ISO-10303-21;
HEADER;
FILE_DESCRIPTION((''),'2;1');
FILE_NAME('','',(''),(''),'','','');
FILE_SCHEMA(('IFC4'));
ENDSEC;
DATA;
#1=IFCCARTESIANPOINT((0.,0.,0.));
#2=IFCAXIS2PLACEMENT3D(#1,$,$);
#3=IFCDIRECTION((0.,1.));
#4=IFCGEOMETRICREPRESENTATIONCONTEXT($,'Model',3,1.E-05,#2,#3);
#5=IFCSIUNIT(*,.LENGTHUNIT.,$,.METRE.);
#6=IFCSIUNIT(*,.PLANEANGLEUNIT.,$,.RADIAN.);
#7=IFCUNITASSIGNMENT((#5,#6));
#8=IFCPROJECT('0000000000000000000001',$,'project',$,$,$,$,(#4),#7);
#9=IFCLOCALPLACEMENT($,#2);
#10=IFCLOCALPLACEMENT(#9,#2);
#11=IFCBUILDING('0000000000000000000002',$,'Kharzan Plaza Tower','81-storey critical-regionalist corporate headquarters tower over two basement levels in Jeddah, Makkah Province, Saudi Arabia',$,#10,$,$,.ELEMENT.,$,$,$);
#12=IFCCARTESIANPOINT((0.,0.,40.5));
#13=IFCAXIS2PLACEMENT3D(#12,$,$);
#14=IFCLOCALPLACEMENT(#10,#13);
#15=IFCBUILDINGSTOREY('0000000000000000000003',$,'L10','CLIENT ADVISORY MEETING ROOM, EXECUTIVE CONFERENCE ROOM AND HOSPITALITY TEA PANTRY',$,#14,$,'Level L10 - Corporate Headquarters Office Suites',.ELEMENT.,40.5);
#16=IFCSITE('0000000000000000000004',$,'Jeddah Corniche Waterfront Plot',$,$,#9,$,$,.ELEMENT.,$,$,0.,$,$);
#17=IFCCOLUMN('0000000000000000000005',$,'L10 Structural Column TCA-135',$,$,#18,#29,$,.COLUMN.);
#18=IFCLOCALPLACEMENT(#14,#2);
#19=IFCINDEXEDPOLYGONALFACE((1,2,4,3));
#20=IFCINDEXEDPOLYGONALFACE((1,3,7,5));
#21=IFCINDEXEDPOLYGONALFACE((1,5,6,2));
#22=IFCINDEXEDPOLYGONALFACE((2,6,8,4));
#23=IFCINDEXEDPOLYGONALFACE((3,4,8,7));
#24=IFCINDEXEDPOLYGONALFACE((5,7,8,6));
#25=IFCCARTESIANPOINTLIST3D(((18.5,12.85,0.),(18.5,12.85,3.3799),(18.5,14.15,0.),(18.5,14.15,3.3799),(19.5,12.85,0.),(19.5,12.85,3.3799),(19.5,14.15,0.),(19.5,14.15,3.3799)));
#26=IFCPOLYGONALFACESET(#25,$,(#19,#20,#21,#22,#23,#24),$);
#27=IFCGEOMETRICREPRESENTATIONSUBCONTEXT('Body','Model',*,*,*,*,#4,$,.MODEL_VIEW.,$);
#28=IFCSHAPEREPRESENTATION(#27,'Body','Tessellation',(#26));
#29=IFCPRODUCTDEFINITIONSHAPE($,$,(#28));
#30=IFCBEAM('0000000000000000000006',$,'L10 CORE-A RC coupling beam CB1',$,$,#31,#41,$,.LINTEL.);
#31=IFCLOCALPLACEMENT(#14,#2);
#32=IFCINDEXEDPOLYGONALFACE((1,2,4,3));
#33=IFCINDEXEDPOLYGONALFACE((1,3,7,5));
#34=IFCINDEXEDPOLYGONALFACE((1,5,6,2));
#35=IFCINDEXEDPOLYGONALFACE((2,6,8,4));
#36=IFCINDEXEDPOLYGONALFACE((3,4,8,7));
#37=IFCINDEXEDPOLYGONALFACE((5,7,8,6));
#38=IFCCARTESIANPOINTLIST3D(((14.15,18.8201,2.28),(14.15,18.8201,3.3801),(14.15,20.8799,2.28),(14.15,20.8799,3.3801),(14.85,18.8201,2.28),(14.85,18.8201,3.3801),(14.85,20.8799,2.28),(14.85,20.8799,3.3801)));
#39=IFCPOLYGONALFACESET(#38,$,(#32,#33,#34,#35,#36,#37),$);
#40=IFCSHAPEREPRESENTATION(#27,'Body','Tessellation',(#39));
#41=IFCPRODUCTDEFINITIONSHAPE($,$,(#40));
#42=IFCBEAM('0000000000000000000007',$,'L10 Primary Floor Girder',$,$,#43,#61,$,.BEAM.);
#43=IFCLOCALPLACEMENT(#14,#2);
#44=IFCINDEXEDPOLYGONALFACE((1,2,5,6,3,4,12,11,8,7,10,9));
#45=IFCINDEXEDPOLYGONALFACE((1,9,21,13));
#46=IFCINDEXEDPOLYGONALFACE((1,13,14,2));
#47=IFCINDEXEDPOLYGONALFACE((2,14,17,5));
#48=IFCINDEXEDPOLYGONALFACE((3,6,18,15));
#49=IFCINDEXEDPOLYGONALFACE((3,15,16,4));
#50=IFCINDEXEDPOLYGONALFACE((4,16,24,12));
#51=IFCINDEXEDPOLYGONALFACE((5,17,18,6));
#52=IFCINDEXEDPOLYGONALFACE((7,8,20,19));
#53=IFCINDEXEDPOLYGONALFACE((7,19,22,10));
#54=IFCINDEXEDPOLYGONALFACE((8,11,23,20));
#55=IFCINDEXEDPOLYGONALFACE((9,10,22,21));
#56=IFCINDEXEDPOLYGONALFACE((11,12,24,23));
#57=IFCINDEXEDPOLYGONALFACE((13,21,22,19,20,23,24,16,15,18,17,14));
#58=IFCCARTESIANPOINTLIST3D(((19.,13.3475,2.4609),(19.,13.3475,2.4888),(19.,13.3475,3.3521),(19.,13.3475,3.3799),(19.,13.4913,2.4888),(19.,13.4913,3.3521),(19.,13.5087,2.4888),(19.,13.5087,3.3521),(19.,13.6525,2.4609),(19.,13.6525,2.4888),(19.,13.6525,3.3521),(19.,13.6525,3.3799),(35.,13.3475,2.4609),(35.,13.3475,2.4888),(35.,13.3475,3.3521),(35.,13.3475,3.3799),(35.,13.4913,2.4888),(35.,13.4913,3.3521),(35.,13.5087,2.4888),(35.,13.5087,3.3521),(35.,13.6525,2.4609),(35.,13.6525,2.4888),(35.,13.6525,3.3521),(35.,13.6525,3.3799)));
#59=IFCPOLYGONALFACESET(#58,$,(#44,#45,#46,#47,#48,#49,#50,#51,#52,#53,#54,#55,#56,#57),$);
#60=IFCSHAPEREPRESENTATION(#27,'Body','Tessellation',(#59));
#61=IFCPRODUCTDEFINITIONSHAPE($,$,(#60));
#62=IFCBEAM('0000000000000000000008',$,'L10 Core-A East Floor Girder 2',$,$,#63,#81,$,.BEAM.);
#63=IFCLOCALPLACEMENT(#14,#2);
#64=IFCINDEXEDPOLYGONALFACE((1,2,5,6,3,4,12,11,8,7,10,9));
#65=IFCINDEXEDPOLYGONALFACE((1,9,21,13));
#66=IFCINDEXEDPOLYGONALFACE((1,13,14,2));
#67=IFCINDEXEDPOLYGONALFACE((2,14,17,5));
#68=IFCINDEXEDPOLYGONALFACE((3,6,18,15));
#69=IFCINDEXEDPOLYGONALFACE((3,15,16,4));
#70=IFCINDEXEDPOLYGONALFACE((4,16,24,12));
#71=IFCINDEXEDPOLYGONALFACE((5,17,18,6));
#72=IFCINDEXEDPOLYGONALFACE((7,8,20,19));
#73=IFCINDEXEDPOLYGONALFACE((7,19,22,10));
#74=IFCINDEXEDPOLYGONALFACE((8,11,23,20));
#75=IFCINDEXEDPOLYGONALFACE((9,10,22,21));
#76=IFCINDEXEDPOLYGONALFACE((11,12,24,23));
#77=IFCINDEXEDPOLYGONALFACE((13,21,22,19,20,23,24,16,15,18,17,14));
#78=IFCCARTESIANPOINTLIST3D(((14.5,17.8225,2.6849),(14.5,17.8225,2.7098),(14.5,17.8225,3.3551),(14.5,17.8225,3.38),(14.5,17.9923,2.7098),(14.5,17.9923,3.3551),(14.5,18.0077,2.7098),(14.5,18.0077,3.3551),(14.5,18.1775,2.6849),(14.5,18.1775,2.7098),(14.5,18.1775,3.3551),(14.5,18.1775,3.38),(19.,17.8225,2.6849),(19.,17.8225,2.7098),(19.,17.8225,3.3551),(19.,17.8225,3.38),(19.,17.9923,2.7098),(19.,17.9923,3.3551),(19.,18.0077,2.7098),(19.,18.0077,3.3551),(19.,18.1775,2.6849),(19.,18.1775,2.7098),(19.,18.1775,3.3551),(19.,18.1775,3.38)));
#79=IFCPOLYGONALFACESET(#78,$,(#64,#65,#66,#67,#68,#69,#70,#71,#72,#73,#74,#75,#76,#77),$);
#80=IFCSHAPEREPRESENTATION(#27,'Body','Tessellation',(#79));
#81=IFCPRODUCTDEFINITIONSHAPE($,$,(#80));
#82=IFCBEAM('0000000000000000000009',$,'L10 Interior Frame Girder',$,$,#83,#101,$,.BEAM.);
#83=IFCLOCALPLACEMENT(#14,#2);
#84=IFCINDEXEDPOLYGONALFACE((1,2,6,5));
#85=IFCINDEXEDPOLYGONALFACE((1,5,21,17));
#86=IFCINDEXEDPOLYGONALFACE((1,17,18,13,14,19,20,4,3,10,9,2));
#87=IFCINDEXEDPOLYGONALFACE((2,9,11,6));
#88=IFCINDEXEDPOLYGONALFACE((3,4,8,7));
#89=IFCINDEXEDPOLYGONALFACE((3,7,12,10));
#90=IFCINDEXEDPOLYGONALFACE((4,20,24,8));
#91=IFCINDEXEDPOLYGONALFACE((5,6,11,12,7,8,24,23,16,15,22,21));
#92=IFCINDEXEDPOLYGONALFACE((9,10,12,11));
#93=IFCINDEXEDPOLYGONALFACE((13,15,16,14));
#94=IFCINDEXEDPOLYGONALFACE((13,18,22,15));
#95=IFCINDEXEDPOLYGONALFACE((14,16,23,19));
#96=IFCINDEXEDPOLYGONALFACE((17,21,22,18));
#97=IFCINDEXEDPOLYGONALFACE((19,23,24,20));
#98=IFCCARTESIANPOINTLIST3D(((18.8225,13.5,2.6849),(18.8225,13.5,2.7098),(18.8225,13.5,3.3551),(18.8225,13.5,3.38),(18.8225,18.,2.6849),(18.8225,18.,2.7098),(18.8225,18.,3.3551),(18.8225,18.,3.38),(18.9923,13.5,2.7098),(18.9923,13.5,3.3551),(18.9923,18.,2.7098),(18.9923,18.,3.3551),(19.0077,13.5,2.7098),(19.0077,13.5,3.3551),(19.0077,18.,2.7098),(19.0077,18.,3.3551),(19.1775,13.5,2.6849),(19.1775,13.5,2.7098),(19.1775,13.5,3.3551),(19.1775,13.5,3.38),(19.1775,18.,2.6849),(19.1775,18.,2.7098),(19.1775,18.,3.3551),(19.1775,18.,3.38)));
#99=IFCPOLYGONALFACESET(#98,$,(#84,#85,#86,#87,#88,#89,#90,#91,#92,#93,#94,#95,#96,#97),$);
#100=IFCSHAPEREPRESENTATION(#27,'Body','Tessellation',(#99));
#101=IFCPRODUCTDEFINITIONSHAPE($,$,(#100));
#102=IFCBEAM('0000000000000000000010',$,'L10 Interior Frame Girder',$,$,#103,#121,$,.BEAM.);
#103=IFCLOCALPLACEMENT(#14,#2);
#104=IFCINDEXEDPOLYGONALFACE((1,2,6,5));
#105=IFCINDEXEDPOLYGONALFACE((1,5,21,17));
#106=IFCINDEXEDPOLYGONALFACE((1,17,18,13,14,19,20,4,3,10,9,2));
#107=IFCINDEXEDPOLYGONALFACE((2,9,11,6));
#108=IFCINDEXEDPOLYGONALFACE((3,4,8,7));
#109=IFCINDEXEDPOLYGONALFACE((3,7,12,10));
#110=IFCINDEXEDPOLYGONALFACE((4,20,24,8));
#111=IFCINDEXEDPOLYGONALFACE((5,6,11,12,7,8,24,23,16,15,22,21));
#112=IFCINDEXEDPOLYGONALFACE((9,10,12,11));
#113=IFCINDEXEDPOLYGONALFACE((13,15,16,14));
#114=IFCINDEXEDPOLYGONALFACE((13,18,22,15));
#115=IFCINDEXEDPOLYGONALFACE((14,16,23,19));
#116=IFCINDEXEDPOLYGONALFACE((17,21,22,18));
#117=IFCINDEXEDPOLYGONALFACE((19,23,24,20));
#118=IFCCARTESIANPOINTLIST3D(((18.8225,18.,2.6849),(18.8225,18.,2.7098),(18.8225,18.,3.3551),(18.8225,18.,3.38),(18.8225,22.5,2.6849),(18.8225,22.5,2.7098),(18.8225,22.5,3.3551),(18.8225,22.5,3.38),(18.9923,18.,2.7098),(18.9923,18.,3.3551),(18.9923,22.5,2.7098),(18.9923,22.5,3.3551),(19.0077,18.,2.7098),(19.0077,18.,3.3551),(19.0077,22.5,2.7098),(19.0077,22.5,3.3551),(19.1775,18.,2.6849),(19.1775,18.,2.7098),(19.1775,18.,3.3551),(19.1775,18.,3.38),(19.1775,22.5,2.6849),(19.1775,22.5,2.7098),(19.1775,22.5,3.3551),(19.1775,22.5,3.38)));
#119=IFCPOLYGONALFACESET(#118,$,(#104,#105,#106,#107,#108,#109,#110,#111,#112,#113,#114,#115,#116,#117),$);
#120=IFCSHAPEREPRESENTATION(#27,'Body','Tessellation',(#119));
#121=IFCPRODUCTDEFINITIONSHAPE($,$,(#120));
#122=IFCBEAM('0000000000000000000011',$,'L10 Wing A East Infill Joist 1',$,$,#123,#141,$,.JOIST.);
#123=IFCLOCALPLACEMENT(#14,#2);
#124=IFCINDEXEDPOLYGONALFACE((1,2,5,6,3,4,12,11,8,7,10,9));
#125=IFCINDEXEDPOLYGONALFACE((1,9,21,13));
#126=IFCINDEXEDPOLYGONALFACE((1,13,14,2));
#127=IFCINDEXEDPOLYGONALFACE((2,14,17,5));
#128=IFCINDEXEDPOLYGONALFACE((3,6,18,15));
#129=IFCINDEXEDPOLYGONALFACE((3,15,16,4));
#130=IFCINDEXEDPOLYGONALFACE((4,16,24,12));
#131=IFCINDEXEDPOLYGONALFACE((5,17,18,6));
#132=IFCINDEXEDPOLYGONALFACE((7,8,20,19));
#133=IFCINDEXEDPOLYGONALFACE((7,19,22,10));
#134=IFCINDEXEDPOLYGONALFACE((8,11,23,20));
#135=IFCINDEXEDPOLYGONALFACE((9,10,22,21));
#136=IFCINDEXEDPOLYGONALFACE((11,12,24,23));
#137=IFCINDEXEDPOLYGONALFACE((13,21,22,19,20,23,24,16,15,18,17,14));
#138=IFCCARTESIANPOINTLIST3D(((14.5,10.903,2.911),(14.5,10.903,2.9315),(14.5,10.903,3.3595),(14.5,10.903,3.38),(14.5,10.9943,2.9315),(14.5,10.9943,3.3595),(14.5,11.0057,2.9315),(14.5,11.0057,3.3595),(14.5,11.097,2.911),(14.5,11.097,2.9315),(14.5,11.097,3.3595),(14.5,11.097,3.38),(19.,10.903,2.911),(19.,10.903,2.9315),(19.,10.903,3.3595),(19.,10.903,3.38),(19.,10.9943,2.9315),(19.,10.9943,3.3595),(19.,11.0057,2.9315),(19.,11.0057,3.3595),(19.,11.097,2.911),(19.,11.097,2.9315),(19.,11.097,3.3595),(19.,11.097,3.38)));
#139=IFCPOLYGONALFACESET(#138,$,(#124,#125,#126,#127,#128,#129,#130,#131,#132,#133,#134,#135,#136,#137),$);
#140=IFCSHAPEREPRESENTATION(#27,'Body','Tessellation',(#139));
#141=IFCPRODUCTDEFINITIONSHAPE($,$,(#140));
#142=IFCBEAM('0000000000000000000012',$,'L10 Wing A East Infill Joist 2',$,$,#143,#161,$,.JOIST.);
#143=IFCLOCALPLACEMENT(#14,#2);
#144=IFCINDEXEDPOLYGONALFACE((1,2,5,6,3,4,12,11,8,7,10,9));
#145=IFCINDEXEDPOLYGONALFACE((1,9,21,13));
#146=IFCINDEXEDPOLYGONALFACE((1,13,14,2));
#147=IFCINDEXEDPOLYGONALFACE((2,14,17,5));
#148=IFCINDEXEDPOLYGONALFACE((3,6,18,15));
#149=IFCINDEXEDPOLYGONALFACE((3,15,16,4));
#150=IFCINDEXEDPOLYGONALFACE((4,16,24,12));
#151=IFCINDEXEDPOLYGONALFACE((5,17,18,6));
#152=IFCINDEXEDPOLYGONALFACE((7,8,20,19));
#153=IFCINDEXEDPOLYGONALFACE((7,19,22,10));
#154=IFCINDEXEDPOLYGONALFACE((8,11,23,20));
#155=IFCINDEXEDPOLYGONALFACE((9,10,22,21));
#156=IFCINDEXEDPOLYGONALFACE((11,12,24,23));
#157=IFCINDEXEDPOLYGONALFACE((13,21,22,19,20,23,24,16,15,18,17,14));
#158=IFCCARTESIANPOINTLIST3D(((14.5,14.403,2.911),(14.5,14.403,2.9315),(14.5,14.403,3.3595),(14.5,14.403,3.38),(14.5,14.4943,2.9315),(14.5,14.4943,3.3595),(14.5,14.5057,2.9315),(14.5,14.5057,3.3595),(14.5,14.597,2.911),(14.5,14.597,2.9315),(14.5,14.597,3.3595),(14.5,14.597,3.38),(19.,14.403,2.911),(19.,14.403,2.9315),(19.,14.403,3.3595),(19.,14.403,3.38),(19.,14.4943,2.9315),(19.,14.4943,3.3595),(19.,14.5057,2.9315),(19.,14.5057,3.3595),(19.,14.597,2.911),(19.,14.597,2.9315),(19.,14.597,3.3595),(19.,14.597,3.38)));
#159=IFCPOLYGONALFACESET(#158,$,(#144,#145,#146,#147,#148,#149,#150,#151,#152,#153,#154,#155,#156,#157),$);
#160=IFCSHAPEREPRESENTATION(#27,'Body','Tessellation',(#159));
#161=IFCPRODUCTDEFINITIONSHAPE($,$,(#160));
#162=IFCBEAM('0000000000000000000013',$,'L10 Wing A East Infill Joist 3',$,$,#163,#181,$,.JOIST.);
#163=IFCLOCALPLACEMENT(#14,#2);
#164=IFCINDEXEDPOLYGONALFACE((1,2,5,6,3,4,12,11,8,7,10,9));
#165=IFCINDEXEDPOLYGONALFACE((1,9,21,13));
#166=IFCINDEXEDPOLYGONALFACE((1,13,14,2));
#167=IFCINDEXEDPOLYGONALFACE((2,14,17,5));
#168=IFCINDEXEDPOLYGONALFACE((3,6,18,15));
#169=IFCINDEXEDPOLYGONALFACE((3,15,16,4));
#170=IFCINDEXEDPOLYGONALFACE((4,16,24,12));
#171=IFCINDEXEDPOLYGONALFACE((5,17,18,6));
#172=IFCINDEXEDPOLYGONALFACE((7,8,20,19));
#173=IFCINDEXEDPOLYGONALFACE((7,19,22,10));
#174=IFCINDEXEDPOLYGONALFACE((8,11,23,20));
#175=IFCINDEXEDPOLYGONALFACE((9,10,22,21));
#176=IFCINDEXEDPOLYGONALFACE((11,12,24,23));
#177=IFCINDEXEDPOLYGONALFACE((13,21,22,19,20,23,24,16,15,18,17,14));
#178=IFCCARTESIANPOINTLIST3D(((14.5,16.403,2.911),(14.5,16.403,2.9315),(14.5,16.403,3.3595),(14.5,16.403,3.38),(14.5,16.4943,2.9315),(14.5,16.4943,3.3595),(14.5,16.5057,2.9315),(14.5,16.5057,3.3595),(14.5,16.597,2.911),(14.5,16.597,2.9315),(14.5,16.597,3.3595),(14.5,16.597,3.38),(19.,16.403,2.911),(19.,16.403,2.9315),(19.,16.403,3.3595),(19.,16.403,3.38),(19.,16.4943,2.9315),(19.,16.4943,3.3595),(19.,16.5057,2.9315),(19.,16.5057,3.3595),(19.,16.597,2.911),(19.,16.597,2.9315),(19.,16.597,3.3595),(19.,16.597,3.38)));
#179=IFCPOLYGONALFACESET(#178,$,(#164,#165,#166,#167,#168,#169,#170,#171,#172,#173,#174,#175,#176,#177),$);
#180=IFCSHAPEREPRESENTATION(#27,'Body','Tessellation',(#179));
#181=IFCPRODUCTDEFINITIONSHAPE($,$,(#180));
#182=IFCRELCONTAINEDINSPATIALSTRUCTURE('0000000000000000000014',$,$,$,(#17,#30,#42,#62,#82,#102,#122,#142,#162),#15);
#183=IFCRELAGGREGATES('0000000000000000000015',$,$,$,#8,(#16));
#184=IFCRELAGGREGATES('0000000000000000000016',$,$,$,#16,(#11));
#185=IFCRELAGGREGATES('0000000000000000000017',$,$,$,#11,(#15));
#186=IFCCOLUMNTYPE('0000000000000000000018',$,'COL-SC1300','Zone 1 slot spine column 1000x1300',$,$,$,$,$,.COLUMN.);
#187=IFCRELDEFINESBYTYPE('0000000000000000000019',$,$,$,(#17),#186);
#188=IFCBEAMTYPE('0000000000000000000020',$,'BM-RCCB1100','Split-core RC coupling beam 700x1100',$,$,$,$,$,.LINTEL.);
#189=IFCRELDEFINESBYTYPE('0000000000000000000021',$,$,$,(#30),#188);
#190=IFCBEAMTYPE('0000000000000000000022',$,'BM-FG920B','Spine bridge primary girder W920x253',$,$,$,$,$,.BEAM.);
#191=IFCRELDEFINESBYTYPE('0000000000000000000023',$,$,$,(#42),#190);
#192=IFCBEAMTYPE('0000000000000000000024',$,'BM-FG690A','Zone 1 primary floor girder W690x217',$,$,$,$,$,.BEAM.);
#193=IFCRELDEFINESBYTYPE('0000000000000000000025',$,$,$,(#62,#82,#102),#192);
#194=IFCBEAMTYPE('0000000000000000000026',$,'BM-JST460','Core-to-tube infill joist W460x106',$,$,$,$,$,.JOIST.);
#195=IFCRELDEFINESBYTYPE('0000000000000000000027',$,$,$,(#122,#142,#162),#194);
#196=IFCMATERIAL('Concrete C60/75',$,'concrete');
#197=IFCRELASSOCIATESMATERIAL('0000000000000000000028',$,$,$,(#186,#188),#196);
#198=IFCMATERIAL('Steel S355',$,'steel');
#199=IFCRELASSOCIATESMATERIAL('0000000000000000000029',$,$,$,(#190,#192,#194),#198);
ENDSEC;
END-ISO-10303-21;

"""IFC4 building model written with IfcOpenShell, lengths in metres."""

from ifc_helpers import new_model, si_unit, direction, frame, origin, origin_2d, place, context, subcontext, project, spatial, rectangle, i_section, extrude, source, transform, mapped, material, material_profile, profile_set, type_object, element, save


model = new_model("IFC4")

# Units and contexts
model_context = context("Model", 3, precision=1e-05, world=origin(), true_north=direction((0.0, 1.0)))
body_context = subcontext(model_context, "Body", "Model", "MODEL_VIEW")
ifc_project = project(units=[si_unit("LENGTHUNIT", "METRE"), si_unit("PLANEANGLEUNIT", "RADIAN")], contexts=[model_context])

# Site, building, storey
site_placement = place(None, origin())
site = spatial("IfcSite", under=ifc_project, at=site_placement, Name="Jeddah Corniche Waterfront Plot", CompositionType="ELEMENT", RefElevation=0.0)
building_placement = place(site_placement, origin())
building = spatial("IfcBuilding", under=site, at=building_placement, Name="Kharzan Plaza Tower", Description="81-storey critical-regionalist corporate headquarters tower over two basement levels in Jeddah, Makkah Province, Saudi Arabia", CompositionType="ELEMENT")
storey_placement = place(building_placement, frame((0.0, 0.0, 40.5)))
storey = spatial("IfcBuildingStorey", under=building, at=storey_placement, Name="L10", Description="CLIENT ADVISORY MEETING ROOM, EXECUTIVE CONFERENCE ROOM AND HOSPITALITY TEA PANTRY", LongName="Level L10 - Corporate Headquarters Office Suites", CompositionType="ELEMENT", Elevation=40.5)

# Column
ifc_material_1 = material(Name="Concrete C60/75", Category="concrete")
ifc_material_profile_1 = material_profile(ifc_material_1, rectangle(XDim=1.0, YDim=1.3, at=origin_2d()), Name="RC-SC1300x1000")
ifc_profile_set_1 = profile_set([ifc_material_profile_1], Name="Concrete C60/75")
column_type = type_object("IfcColumnType", Name="COL-SC1300", Description="Zone 1 slot spine column 1000x1300", PredefinedType="COLUMN", material=ifc_profile_set_1)
shared_shape_1 = source(origin(), body_context, "Body", "SweptSolid", [
    extrude(rectangle(XDim=1.0, YDim=1.3, at=origin_2d()), origin(), (0.0, 0.0, 1.0), 3.3799),
])
column_placement = place(storey_placement, frame((19.0, 13.5, 0.0), z_axis=(0.0, 0.0, 1.0), x_axis=(1.0, 0.0, 0.0)))
element("IfcColumn", 1, at=column_placement, inside=storey, type_object=column_type, Name="L10 Structural Column TCA-135", PredefinedType="COLUMN", context=body_context, shape_type="MappedRepresentation", body=[
    mapped(shared_shape_1, transform((0.0, 0.0, 0.0), x_axis=(1.0, 0.0, 0.0), y_axis=(0.0, 1.0, 0.0), z_axis=(0.0, 0.0, 1.0))),
])

# Beams
ifc_material_profile_2 = material_profile(ifc_material_1, rectangle(XDim=0.7, YDim=1.1001, at=origin_2d()), Name="RC-CB1100x700")
ifc_profile_set_2 = profile_set([ifc_material_profile_2], Name="Concrete C60/75")
beam_type_1 = type_object("IfcBeamType", Name="BM-RCCB1100", Description="Split-core RC coupling beam 700x1100", PredefinedType="LINTEL", material=ifc_profile_set_2)
shared_shape_2 = source(origin(), body_context, "Body", "SweptSolid", [
    extrude(rectangle(XDim=0.7, YDim=1.1001, at=origin_2d()), origin(), (0.0, 0.0, 1.0), 2.0598),
])
beam_1_placement = place(storey_placement, frame((14.5, 18.8201, 2.8301), z_axis=(0.0, 1.0, 0.0), x_axis=(-1.0, 0.0, 0.0)))
element("IfcBeam", 2, at=beam_1_placement, inside=storey, type_object=beam_type_1, Name="L10 CORE-A RC coupling beam CB1", PredefinedType="LINTEL", context=body_context, shape_type="MappedRepresentation", body=[
    mapped(shared_shape_2, transform((0.0, 0.0, 0.0), x_axis=(1.0, 0.0, 0.0), y_axis=(0.0, 1.0, 0.0), z_axis=(0.0, 0.0, 1.0))),
])
ifc_material_2 = material(Name="Steel S355", Category="steel")
ifc_material_profile_3 = material_profile(ifc_material_2, i_section(OverallWidth=0.3049, OverallDepth=0.9189, WebThickness=0.0173, FlangeThickness=0.0278, at=origin_2d()), Name="W920x253")
ifc_profile_set_3 = profile_set([ifc_material_profile_3], Name="Steel S355")
beam_type_2 = type_object("IfcBeamType", Name="BM-FG920B", Description="Spine bridge primary girder W920x253", PredefinedType="BEAM", material=ifc_profile_set_3)
shared_shape_3 = source(origin(), body_context, "Body", "SweptSolid", [
    extrude(i_section(OverallWidth=0.3049, OverallDepth=0.9189, WebThickness=0.0173, FlangeThickness=0.0278, at=origin_2d()), origin(), (0.0, 0.0, 1.0), 16.0),
])
beam_2_placement = place(storey_placement, frame((19.0, 13.5, 2.9204), z_axis=(1.0, 0.0, 0.0), x_axis=(0.0, 1.0, 0.0)))
element("IfcBeam", 3, at=beam_2_placement, inside=storey, type_object=beam_type_2, Name="L10 Primary Floor Girder", PredefinedType="BEAM", context=body_context, shape_type="MappedRepresentation", body=[
    mapped(shared_shape_3, transform((0.0, 0.0, 0.0), x_axis=(1.0, 0.0, 0.0), y_axis=(0.0, 1.0, 0.0), z_axis=(0.0, 0.0, 1.0))),
])
ifc_material_profile_4 = material_profile(ifc_material_2, i_section(OverallWidth=0.355, OverallDepth=0.6951, WebThickness=0.0154, FlangeThickness=0.0249, at=origin_2d()), Name="W690x217")
ifc_profile_set_4 = profile_set([ifc_material_profile_4], Name="Steel S355")
beam_type_3 = type_object("IfcBeamType", Name="BM-FG690A", Description="Zone 1 primary floor girder W690x217", PredefinedType="BEAM", material=ifc_profile_set_4)
shared_shape_4 = source(origin(), body_context, "Body", "SweptSolid", [
    extrude(i_section(OverallWidth=0.355, OverallDepth=0.6951, WebThickness=0.0154, FlangeThickness=0.0249, at=origin_2d()), origin(), (0.0, 0.0, 1.0), 4.5),
])
for number, where, z_axis, x_axis, name in (
    (4, (14.5, 18.0, 3.0325), (1.0, 0.0, 0.0), (0.0, 1.0, 0.0), "L10 Core-A East Floor Girder 2"),
    (5, (19.0, 13.5, 3.0325), (0.0, 1.0, 0.0), (-1.0, 0.0, 0.0), "L10 Interior Frame Girder"),
    (6, (19.0, 18.0, 3.0325), (0.0, 1.0, 0.0), (-1.0, 0.0, 0.0), "L10 Interior Frame Girder"),
):
    element("IfcBeam", number, at=place(storey_placement, frame(where, z_axis=z_axis, x_axis=x_axis)), inside=storey, type_object=beam_type_3, Name=name, PredefinedType="BEAM", context=body_context, shape_type="MappedRepresentation", body=[
        mapped(shared_shape_4, transform((0.0, 0.0, 0.0), x_axis=(1.0, 0.0, 0.0), y_axis=(0.0, 1.0, 0.0), z_axis=(0.0, 0.0, 1.0))),
    ])
ifc_material_profile_5 = material_profile(ifc_material_2, i_section(OverallWidth=0.1941, OverallDepth=0.469, WebThickness=0.0115, FlangeThickness=0.0205, at=origin_2d()), Name="W460x106")
ifc_profile_set_5 = profile_set([ifc_material_profile_5], Name="Steel S355")
beam_type_4 = type_object("IfcBeamType", Name="BM-JST460", Description="Core-to-tube infill joist W460x106", PredefinedType="JOIST", material=ifc_profile_set_5)
shared_shape_5 = source(origin(), body_context, "Body", "SweptSolid", [
    extrude(i_section(OverallWidth=0.1941, OverallDepth=0.469, WebThickness=0.0115, FlangeThickness=0.0205, at=origin_2d()), origin(), (0.0, 0.0, 1.0), 4.5),
])
for number, where, z_axis, x_axis, name in (
    (7, (14.5, 11.0, 3.1455), (1.0, 0.0, 0.0), (0.0, 1.0, 0.0), "L10 Wing A East Infill Joist 1"),
    (8, (14.5, 14.5, 3.1455), (1.0, 0.0, 0.0), (0.0, 1.0, 0.0), "L10 Wing A East Infill Joist 2"),
    (9, (14.5, 16.5, 3.1455), (1.0, 0.0, 0.0), (0.0, 1.0, 0.0), "L10 Wing A East Infill Joist 3"),
):
    element("IfcBeam", number, at=place(storey_placement, frame(where, z_axis=z_axis, x_axis=x_axis)), inside=storey, type_object=beam_type_4, Name=name, PredefinedType="JOIST", context=body_context, shape_type="MappedRepresentation", body=[
        mapped(shared_shape_5, transform((0.0, 0.0, 0.0), x_axis=(1.0, 0.0, 0.0), y_axis=(0.0, 1.0, 0.0), z_axis=(0.0, 0.0, 1.0))),
    ])

save(model, "model.ifc")
